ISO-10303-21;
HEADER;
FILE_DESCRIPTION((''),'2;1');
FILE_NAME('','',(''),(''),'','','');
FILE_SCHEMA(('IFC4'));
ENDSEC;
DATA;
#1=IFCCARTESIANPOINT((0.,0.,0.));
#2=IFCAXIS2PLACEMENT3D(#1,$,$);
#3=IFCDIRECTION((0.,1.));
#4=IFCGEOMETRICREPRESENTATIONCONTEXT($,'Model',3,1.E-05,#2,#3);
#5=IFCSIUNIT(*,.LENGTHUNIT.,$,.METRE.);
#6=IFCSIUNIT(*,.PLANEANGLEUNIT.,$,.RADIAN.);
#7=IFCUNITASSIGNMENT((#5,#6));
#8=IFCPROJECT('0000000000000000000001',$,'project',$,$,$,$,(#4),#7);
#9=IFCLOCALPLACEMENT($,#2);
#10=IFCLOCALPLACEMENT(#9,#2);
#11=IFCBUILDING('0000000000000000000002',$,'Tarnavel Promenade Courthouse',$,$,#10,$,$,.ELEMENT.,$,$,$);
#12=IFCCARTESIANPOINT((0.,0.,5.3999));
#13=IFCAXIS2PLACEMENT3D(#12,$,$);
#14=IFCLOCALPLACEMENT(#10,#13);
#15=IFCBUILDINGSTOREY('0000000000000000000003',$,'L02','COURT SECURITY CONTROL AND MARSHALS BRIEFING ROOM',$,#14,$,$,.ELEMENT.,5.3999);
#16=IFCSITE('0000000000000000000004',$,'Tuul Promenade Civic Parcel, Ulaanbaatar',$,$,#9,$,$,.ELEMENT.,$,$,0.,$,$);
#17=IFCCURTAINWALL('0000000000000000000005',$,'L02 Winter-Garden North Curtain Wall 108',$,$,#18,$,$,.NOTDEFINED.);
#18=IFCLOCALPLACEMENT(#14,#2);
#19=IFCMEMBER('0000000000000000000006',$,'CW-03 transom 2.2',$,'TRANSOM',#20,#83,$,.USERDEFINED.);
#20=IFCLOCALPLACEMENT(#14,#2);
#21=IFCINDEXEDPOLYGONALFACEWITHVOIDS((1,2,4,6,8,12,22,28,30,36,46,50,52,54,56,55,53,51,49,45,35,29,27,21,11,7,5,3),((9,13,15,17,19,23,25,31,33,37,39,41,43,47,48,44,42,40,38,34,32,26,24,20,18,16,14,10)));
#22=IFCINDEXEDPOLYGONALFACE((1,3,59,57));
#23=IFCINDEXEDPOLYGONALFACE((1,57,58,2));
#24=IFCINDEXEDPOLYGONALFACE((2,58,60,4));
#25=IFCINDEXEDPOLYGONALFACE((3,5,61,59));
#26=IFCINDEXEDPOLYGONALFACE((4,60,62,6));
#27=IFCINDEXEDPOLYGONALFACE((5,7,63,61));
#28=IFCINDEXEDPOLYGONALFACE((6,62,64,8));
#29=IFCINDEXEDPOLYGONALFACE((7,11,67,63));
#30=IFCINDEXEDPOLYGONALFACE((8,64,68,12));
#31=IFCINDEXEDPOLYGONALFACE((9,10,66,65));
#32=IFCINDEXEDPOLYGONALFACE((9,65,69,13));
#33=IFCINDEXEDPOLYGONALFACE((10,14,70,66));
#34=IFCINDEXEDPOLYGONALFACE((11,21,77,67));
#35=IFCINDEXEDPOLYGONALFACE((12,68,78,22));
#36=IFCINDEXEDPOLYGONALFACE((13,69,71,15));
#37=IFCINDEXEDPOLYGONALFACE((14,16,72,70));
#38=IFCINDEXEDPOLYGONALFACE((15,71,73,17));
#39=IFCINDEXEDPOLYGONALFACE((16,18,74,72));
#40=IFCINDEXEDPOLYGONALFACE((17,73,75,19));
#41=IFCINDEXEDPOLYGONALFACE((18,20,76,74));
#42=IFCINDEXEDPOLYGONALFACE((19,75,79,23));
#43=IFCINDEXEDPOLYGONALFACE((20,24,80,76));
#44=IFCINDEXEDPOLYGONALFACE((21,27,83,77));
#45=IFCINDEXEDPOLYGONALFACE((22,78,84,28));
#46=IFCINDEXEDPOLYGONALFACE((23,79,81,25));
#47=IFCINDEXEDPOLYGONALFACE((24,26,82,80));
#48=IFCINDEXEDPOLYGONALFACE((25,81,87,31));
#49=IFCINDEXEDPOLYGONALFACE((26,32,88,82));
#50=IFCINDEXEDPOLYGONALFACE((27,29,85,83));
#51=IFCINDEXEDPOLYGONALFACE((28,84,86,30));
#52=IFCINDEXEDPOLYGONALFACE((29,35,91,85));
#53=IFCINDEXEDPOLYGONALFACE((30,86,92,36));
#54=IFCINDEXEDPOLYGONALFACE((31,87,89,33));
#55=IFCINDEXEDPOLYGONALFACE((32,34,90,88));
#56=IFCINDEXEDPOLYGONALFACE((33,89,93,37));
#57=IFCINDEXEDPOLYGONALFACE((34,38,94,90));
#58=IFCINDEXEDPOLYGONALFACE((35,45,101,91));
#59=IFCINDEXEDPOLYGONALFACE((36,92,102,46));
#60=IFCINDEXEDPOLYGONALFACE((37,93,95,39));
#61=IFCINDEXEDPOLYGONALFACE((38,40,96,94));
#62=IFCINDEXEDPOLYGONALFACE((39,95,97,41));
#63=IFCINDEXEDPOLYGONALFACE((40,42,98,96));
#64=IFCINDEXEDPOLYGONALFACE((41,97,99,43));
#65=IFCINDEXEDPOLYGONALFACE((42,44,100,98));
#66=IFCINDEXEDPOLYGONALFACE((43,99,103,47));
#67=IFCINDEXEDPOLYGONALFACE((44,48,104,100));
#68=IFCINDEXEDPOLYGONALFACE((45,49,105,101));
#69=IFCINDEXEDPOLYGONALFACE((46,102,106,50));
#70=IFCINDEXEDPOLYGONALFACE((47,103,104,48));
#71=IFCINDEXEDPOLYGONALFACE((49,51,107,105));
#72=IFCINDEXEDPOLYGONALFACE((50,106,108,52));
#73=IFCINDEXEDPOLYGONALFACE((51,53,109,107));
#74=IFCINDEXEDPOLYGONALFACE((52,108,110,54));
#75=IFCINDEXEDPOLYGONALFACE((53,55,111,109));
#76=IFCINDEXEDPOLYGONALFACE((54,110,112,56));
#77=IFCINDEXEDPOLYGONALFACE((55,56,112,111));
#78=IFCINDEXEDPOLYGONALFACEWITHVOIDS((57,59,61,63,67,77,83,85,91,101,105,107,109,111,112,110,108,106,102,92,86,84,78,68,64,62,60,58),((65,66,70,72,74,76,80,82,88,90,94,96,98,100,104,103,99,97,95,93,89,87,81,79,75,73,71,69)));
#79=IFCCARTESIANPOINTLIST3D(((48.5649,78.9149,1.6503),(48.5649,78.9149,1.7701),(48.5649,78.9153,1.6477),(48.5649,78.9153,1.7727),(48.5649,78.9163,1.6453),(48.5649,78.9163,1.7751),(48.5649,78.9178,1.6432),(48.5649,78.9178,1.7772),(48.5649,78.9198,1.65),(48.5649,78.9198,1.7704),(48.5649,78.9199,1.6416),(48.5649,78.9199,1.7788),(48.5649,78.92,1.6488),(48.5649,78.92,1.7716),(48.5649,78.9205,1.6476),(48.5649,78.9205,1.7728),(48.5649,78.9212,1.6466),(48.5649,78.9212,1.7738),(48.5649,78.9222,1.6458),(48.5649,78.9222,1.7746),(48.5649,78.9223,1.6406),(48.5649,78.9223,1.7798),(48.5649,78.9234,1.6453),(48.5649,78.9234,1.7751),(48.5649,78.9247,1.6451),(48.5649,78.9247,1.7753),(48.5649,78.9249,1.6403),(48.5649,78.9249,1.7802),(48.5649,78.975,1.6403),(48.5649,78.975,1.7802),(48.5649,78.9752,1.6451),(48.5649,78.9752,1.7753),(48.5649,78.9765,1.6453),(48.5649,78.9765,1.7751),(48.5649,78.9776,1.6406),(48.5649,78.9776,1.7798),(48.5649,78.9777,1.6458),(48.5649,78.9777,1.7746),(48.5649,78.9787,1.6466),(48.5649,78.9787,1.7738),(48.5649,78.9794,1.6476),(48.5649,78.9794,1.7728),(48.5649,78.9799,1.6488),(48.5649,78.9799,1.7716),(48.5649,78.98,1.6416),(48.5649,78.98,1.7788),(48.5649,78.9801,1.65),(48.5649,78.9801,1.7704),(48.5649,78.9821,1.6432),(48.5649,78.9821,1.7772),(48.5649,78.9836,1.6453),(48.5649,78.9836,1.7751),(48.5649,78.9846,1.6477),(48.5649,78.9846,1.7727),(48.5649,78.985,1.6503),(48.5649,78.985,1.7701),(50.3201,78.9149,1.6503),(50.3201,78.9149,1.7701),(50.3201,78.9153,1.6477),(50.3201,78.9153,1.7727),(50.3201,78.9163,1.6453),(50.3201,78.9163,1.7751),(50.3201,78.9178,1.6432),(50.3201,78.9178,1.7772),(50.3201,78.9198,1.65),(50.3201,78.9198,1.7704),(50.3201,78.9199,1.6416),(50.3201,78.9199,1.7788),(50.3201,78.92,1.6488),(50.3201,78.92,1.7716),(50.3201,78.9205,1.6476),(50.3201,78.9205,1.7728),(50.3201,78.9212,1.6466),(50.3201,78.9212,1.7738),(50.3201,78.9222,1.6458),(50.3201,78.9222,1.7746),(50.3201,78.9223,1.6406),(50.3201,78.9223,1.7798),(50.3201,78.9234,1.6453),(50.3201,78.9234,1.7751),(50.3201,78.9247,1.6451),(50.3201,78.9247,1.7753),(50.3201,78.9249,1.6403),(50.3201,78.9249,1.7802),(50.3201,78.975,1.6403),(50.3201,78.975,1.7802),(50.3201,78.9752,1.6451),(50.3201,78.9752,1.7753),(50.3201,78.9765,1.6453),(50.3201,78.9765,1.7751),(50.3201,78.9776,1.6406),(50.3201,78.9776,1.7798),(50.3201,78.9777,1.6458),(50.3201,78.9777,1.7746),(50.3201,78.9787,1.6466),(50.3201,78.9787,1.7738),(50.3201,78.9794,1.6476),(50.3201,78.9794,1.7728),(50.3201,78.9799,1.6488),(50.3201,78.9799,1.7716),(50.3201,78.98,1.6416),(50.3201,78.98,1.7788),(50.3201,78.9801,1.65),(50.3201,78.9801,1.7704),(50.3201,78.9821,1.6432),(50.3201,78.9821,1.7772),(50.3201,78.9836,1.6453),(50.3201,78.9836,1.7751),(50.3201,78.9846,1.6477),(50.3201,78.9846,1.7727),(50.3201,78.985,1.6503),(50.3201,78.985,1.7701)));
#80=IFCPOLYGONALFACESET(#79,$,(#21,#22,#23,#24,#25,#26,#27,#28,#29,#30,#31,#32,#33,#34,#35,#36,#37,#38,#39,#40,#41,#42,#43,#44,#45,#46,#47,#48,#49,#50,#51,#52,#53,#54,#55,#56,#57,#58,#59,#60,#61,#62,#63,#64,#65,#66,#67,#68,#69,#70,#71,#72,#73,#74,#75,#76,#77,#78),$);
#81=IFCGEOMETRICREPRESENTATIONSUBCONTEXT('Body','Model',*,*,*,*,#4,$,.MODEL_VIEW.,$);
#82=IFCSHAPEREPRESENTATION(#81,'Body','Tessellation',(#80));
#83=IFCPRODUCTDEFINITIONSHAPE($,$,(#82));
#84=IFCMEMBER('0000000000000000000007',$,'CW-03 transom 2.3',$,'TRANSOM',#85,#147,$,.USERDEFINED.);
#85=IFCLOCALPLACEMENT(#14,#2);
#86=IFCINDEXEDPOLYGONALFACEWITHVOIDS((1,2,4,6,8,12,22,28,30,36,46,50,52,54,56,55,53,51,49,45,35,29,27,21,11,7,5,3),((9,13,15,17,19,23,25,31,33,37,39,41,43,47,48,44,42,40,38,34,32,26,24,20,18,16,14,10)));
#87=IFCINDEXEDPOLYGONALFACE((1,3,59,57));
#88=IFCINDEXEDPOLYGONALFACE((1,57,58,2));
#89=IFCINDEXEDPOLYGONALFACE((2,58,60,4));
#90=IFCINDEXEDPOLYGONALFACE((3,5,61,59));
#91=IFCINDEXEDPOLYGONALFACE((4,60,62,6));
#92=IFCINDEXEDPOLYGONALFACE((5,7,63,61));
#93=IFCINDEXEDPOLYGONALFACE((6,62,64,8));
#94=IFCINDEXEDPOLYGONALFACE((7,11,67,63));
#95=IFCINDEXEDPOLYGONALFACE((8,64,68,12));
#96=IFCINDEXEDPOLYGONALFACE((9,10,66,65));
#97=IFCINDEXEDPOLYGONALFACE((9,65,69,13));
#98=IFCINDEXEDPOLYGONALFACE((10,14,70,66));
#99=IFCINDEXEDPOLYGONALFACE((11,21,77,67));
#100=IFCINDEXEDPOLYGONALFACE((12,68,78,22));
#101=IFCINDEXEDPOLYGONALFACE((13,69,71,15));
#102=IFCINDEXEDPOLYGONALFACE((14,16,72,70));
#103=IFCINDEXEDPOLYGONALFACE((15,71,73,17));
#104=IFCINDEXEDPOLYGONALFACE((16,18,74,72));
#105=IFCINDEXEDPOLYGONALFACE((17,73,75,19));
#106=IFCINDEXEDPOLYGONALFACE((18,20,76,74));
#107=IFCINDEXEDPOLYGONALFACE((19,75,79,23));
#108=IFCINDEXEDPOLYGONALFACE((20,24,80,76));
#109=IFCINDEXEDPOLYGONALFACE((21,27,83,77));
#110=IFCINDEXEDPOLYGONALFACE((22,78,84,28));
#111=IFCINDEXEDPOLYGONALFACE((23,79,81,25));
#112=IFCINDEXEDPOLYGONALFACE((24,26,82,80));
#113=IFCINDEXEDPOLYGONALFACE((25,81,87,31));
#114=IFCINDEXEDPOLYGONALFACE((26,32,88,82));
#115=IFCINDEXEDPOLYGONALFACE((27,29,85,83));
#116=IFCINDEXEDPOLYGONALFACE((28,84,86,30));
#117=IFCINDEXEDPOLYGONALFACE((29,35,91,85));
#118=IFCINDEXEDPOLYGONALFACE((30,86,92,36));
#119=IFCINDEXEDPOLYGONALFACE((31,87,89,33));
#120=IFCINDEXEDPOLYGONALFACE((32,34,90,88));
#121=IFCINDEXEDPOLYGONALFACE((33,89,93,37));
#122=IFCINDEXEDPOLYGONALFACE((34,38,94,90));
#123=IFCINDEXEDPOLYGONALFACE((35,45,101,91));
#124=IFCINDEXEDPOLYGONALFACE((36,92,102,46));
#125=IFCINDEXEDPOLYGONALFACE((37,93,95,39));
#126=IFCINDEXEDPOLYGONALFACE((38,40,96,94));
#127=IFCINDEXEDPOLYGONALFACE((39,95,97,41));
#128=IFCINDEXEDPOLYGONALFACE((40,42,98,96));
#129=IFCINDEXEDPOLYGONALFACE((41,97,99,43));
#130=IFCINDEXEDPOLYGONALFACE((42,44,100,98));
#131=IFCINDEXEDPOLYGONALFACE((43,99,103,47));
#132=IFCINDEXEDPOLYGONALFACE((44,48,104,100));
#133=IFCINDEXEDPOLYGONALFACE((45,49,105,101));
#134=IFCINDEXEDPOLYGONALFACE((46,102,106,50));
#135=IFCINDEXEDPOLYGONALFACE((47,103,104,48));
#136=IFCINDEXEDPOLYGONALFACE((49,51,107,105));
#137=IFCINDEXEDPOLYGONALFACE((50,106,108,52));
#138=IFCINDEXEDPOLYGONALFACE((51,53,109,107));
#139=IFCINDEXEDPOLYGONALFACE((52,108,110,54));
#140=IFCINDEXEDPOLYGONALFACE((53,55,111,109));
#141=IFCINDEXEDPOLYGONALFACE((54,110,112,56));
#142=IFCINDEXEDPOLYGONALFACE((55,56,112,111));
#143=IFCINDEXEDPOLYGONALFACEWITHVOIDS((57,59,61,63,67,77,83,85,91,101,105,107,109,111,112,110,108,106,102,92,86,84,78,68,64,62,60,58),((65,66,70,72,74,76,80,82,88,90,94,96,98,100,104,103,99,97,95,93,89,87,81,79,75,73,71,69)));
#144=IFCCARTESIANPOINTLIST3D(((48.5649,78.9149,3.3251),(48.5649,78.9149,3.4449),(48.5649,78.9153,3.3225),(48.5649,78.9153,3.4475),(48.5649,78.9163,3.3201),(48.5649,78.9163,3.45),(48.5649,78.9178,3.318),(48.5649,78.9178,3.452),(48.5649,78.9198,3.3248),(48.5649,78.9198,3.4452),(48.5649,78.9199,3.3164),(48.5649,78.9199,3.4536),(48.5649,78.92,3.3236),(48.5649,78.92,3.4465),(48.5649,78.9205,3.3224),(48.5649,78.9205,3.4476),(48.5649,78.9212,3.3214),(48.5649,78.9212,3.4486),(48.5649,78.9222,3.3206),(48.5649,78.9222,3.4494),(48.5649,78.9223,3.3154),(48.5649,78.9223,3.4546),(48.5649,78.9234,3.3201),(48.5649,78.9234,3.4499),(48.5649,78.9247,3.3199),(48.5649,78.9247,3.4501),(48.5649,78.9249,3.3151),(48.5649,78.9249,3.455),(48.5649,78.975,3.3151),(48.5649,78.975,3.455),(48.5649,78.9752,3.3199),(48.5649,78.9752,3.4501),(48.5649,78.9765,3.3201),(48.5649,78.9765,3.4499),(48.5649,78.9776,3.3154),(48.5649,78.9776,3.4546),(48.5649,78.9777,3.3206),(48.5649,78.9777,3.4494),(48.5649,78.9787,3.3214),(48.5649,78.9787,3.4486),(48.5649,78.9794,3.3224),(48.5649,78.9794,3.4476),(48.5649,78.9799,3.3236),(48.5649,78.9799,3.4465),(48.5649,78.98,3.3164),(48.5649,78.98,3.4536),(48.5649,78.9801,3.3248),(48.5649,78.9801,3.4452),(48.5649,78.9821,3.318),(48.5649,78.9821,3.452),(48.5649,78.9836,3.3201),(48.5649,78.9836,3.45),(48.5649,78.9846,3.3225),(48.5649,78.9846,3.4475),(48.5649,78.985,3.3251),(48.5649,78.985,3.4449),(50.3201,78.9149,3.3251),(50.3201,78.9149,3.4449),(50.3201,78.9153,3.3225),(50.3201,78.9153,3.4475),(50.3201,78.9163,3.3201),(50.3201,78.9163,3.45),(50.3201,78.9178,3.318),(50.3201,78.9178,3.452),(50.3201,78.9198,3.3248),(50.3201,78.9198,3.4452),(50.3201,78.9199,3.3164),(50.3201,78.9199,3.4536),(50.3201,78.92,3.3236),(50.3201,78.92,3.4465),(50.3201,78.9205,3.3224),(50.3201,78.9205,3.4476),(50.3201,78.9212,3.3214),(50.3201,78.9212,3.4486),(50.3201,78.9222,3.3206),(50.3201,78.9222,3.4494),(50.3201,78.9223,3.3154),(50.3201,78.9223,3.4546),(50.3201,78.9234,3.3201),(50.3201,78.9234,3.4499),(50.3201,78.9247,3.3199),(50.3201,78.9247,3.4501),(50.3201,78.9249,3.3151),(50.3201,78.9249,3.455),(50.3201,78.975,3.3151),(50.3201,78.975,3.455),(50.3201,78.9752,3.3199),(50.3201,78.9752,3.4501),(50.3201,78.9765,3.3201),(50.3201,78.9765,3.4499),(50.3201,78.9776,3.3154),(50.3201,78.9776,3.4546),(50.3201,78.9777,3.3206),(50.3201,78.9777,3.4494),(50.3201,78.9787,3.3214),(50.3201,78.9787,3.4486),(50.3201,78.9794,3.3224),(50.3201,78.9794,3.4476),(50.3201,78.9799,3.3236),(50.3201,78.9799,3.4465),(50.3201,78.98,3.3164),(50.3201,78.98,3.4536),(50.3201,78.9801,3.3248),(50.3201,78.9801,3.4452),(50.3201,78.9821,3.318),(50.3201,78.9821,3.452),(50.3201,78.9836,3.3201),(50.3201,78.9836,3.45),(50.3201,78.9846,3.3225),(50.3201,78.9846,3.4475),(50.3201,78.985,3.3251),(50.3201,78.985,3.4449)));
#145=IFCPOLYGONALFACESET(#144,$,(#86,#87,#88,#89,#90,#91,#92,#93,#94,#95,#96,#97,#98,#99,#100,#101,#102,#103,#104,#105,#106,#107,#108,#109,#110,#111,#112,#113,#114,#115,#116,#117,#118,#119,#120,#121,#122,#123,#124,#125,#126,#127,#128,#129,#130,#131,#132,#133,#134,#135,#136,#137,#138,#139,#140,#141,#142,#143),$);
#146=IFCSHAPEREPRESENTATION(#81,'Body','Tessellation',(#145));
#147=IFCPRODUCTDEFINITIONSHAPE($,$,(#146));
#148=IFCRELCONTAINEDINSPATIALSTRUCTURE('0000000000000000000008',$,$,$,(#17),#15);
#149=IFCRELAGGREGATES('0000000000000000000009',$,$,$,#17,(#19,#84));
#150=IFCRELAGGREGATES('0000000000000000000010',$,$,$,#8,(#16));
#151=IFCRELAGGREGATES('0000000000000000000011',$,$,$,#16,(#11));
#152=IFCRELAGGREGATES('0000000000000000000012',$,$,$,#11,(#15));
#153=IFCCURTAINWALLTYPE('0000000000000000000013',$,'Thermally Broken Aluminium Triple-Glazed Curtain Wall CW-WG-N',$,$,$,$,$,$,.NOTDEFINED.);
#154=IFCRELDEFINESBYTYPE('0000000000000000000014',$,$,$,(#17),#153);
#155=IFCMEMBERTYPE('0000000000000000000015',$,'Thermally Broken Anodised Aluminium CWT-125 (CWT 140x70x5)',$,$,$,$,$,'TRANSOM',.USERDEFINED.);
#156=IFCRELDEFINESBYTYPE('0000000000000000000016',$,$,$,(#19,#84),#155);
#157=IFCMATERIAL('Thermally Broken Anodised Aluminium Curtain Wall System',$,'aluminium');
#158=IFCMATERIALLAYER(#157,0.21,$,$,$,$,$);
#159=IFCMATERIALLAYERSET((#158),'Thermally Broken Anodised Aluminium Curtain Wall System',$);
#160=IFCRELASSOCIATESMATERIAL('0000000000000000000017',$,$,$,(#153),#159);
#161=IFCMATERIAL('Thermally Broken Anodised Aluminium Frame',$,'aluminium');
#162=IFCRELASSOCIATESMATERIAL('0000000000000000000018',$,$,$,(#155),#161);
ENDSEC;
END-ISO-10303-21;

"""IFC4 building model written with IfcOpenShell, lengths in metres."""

from ifc_helpers import new_model, si_unit, direction, frame, origin, origin_2d, place, context, subcontext, project, spatial, hollow_rectangle, extrude, material, layer, layer_set, material_profile, profile_set, type_object, element, aggregate, save


model = new_model("IFC4")

# Units and contexts
model_context = context("Model", 3, precision=1e-05, world=origin(), true_north=direction((0.0, 1.0)))
body_context = subcontext(model_context, "Body", "Model", "MODEL_VIEW")
ifc_project = project(units=[si_unit("LENGTHUNIT", "METRE"), si_unit("PLANEANGLEUNIT", "RADIAN")], contexts=[model_context])

# Site, building, storey
site_placement = place(None, origin())
site = spatial("IfcSite", under=ifc_project, at=site_placement, Name="Tuul Promenade Civic Parcel, Ulaanbaatar", CompositionType="ELEMENT", RefElevation=0.0)
building_placement = place(site_placement, origin())
building = spatial("IfcBuilding", under=site, at=building_placement, Name="Tarnavel Promenade Courthouse", CompositionType="ELEMENT")
storey_placement = place(building_placement, frame((0.0, 0.0, 5.3999)))
storey = spatial("IfcBuildingStorey", under=building, at=storey_placement, Name="L02", Description="COURT SECURITY CONTROL AND MARSHALS BRIEFING ROOM", CompositionType="ELEMENT", Elevation=5.3999)

# Curtain wall
ifc_material_1 = material(Name="Thermally Broken Anodised Aluminium Curtain Wall System", Category="aluminium")
ifc_layer_1 = layer(ifc_material_1, 0.21)
ifc_layer_set_1 = layer_set([ifc_layer_1], Name="Thermally Broken Anodised Aluminium Curtain Wall System")
curtain_wall_type = type_object("IfcCurtainWallType", Name="Thermally Broken Aluminium Triple-Glazed Curtain Wall CW-WG-N", PredefinedType="NOTDEFINED", material=ifc_layer_set_1)
curtain_wall_1_placement = place(storey_placement, origin())
curtain_wall_1 = element("IfcCurtainWall", 1, at=curtain_wall_1_placement, inside=storey, type_object=curtain_wall_type, Name="L02 Winter-Garden North Curtain Wall 108", PredefinedType="NOTDEFINED")
ifc_material_2 = material(Name="Thermally Broken Anodised Aluminium Frame", Category="aluminium")

# Members
ifc_material_profile_1 = material_profile(ifc_material_2, hollow_rectangle(XDim=0.0701, YDim=0.1399, WallThickness=0.0049, InnerFilletRadius=0.0049, OuterFilletRadius=0.01, at=origin_2d()), Name="CWT 140x70x5")
ifc_profile_set_1 = profile_set([ifc_material_profile_1], Name="Thermally Broken Anodised Aluminium Frame")
member_type_1 = type_object("IfcMemberType", Name="Thermally Broken Anodised Aluminium CWT-125 (CWT 140x70x5)", ElementType="TRANSOM", PredefinedType="USERDEFINED", material=ifc_profile_set_1)
member_1_placement = place(storey_placement, frame((48.5649, 78.95, 1.7102), z_axis=(1.0, 0.0, 0.0), x_axis=(0.0, 1.0, 0.0)))
member_1 = element("IfcMember", 2, at=member_1_placement, type_object=member_type_1, Name="CW-03 transom 2.2", ObjectType="TRANSOM", PredefinedType="USERDEFINED", context=body_context, shape_type="SweptSolid", body=[
    extrude(hollow_rectangle(XDim=0.0701, YDim=0.1399, WallThickness=0.0049, InnerFilletRadius=0.0049, OuterFilletRadius=0.01, at=origin_2d()), origin(), (0.0, 0.0, 1.0), 1.7551),
])
member_2_placement = place(storey_placement, frame((48.5649, 78.95, 3.385), z_axis=(1.0, 0.0, 0.0), x_axis=(0.0, 1.0, 0.0)))
member_2 = element("IfcMember", 3, at=member_2_placement, type_object=member_type_1, Name="CW-03 transom 2.3", ObjectType="TRANSOM", PredefinedType="USERDEFINED", context=body_context, shape_type="SweptSolid", body=[
    extrude(hollow_rectangle(XDim=0.0701, YDim=0.1399, WallThickness=0.0049, InnerFilletRadius=0.0049, OuterFilletRadius=0.01, at=origin_2d()), origin(), (0.0, 0.0, 1.0), 1.7551),
])

aggregate(curtain_wall_1, [member_1, member_2])

save(model, "model.ifc")
